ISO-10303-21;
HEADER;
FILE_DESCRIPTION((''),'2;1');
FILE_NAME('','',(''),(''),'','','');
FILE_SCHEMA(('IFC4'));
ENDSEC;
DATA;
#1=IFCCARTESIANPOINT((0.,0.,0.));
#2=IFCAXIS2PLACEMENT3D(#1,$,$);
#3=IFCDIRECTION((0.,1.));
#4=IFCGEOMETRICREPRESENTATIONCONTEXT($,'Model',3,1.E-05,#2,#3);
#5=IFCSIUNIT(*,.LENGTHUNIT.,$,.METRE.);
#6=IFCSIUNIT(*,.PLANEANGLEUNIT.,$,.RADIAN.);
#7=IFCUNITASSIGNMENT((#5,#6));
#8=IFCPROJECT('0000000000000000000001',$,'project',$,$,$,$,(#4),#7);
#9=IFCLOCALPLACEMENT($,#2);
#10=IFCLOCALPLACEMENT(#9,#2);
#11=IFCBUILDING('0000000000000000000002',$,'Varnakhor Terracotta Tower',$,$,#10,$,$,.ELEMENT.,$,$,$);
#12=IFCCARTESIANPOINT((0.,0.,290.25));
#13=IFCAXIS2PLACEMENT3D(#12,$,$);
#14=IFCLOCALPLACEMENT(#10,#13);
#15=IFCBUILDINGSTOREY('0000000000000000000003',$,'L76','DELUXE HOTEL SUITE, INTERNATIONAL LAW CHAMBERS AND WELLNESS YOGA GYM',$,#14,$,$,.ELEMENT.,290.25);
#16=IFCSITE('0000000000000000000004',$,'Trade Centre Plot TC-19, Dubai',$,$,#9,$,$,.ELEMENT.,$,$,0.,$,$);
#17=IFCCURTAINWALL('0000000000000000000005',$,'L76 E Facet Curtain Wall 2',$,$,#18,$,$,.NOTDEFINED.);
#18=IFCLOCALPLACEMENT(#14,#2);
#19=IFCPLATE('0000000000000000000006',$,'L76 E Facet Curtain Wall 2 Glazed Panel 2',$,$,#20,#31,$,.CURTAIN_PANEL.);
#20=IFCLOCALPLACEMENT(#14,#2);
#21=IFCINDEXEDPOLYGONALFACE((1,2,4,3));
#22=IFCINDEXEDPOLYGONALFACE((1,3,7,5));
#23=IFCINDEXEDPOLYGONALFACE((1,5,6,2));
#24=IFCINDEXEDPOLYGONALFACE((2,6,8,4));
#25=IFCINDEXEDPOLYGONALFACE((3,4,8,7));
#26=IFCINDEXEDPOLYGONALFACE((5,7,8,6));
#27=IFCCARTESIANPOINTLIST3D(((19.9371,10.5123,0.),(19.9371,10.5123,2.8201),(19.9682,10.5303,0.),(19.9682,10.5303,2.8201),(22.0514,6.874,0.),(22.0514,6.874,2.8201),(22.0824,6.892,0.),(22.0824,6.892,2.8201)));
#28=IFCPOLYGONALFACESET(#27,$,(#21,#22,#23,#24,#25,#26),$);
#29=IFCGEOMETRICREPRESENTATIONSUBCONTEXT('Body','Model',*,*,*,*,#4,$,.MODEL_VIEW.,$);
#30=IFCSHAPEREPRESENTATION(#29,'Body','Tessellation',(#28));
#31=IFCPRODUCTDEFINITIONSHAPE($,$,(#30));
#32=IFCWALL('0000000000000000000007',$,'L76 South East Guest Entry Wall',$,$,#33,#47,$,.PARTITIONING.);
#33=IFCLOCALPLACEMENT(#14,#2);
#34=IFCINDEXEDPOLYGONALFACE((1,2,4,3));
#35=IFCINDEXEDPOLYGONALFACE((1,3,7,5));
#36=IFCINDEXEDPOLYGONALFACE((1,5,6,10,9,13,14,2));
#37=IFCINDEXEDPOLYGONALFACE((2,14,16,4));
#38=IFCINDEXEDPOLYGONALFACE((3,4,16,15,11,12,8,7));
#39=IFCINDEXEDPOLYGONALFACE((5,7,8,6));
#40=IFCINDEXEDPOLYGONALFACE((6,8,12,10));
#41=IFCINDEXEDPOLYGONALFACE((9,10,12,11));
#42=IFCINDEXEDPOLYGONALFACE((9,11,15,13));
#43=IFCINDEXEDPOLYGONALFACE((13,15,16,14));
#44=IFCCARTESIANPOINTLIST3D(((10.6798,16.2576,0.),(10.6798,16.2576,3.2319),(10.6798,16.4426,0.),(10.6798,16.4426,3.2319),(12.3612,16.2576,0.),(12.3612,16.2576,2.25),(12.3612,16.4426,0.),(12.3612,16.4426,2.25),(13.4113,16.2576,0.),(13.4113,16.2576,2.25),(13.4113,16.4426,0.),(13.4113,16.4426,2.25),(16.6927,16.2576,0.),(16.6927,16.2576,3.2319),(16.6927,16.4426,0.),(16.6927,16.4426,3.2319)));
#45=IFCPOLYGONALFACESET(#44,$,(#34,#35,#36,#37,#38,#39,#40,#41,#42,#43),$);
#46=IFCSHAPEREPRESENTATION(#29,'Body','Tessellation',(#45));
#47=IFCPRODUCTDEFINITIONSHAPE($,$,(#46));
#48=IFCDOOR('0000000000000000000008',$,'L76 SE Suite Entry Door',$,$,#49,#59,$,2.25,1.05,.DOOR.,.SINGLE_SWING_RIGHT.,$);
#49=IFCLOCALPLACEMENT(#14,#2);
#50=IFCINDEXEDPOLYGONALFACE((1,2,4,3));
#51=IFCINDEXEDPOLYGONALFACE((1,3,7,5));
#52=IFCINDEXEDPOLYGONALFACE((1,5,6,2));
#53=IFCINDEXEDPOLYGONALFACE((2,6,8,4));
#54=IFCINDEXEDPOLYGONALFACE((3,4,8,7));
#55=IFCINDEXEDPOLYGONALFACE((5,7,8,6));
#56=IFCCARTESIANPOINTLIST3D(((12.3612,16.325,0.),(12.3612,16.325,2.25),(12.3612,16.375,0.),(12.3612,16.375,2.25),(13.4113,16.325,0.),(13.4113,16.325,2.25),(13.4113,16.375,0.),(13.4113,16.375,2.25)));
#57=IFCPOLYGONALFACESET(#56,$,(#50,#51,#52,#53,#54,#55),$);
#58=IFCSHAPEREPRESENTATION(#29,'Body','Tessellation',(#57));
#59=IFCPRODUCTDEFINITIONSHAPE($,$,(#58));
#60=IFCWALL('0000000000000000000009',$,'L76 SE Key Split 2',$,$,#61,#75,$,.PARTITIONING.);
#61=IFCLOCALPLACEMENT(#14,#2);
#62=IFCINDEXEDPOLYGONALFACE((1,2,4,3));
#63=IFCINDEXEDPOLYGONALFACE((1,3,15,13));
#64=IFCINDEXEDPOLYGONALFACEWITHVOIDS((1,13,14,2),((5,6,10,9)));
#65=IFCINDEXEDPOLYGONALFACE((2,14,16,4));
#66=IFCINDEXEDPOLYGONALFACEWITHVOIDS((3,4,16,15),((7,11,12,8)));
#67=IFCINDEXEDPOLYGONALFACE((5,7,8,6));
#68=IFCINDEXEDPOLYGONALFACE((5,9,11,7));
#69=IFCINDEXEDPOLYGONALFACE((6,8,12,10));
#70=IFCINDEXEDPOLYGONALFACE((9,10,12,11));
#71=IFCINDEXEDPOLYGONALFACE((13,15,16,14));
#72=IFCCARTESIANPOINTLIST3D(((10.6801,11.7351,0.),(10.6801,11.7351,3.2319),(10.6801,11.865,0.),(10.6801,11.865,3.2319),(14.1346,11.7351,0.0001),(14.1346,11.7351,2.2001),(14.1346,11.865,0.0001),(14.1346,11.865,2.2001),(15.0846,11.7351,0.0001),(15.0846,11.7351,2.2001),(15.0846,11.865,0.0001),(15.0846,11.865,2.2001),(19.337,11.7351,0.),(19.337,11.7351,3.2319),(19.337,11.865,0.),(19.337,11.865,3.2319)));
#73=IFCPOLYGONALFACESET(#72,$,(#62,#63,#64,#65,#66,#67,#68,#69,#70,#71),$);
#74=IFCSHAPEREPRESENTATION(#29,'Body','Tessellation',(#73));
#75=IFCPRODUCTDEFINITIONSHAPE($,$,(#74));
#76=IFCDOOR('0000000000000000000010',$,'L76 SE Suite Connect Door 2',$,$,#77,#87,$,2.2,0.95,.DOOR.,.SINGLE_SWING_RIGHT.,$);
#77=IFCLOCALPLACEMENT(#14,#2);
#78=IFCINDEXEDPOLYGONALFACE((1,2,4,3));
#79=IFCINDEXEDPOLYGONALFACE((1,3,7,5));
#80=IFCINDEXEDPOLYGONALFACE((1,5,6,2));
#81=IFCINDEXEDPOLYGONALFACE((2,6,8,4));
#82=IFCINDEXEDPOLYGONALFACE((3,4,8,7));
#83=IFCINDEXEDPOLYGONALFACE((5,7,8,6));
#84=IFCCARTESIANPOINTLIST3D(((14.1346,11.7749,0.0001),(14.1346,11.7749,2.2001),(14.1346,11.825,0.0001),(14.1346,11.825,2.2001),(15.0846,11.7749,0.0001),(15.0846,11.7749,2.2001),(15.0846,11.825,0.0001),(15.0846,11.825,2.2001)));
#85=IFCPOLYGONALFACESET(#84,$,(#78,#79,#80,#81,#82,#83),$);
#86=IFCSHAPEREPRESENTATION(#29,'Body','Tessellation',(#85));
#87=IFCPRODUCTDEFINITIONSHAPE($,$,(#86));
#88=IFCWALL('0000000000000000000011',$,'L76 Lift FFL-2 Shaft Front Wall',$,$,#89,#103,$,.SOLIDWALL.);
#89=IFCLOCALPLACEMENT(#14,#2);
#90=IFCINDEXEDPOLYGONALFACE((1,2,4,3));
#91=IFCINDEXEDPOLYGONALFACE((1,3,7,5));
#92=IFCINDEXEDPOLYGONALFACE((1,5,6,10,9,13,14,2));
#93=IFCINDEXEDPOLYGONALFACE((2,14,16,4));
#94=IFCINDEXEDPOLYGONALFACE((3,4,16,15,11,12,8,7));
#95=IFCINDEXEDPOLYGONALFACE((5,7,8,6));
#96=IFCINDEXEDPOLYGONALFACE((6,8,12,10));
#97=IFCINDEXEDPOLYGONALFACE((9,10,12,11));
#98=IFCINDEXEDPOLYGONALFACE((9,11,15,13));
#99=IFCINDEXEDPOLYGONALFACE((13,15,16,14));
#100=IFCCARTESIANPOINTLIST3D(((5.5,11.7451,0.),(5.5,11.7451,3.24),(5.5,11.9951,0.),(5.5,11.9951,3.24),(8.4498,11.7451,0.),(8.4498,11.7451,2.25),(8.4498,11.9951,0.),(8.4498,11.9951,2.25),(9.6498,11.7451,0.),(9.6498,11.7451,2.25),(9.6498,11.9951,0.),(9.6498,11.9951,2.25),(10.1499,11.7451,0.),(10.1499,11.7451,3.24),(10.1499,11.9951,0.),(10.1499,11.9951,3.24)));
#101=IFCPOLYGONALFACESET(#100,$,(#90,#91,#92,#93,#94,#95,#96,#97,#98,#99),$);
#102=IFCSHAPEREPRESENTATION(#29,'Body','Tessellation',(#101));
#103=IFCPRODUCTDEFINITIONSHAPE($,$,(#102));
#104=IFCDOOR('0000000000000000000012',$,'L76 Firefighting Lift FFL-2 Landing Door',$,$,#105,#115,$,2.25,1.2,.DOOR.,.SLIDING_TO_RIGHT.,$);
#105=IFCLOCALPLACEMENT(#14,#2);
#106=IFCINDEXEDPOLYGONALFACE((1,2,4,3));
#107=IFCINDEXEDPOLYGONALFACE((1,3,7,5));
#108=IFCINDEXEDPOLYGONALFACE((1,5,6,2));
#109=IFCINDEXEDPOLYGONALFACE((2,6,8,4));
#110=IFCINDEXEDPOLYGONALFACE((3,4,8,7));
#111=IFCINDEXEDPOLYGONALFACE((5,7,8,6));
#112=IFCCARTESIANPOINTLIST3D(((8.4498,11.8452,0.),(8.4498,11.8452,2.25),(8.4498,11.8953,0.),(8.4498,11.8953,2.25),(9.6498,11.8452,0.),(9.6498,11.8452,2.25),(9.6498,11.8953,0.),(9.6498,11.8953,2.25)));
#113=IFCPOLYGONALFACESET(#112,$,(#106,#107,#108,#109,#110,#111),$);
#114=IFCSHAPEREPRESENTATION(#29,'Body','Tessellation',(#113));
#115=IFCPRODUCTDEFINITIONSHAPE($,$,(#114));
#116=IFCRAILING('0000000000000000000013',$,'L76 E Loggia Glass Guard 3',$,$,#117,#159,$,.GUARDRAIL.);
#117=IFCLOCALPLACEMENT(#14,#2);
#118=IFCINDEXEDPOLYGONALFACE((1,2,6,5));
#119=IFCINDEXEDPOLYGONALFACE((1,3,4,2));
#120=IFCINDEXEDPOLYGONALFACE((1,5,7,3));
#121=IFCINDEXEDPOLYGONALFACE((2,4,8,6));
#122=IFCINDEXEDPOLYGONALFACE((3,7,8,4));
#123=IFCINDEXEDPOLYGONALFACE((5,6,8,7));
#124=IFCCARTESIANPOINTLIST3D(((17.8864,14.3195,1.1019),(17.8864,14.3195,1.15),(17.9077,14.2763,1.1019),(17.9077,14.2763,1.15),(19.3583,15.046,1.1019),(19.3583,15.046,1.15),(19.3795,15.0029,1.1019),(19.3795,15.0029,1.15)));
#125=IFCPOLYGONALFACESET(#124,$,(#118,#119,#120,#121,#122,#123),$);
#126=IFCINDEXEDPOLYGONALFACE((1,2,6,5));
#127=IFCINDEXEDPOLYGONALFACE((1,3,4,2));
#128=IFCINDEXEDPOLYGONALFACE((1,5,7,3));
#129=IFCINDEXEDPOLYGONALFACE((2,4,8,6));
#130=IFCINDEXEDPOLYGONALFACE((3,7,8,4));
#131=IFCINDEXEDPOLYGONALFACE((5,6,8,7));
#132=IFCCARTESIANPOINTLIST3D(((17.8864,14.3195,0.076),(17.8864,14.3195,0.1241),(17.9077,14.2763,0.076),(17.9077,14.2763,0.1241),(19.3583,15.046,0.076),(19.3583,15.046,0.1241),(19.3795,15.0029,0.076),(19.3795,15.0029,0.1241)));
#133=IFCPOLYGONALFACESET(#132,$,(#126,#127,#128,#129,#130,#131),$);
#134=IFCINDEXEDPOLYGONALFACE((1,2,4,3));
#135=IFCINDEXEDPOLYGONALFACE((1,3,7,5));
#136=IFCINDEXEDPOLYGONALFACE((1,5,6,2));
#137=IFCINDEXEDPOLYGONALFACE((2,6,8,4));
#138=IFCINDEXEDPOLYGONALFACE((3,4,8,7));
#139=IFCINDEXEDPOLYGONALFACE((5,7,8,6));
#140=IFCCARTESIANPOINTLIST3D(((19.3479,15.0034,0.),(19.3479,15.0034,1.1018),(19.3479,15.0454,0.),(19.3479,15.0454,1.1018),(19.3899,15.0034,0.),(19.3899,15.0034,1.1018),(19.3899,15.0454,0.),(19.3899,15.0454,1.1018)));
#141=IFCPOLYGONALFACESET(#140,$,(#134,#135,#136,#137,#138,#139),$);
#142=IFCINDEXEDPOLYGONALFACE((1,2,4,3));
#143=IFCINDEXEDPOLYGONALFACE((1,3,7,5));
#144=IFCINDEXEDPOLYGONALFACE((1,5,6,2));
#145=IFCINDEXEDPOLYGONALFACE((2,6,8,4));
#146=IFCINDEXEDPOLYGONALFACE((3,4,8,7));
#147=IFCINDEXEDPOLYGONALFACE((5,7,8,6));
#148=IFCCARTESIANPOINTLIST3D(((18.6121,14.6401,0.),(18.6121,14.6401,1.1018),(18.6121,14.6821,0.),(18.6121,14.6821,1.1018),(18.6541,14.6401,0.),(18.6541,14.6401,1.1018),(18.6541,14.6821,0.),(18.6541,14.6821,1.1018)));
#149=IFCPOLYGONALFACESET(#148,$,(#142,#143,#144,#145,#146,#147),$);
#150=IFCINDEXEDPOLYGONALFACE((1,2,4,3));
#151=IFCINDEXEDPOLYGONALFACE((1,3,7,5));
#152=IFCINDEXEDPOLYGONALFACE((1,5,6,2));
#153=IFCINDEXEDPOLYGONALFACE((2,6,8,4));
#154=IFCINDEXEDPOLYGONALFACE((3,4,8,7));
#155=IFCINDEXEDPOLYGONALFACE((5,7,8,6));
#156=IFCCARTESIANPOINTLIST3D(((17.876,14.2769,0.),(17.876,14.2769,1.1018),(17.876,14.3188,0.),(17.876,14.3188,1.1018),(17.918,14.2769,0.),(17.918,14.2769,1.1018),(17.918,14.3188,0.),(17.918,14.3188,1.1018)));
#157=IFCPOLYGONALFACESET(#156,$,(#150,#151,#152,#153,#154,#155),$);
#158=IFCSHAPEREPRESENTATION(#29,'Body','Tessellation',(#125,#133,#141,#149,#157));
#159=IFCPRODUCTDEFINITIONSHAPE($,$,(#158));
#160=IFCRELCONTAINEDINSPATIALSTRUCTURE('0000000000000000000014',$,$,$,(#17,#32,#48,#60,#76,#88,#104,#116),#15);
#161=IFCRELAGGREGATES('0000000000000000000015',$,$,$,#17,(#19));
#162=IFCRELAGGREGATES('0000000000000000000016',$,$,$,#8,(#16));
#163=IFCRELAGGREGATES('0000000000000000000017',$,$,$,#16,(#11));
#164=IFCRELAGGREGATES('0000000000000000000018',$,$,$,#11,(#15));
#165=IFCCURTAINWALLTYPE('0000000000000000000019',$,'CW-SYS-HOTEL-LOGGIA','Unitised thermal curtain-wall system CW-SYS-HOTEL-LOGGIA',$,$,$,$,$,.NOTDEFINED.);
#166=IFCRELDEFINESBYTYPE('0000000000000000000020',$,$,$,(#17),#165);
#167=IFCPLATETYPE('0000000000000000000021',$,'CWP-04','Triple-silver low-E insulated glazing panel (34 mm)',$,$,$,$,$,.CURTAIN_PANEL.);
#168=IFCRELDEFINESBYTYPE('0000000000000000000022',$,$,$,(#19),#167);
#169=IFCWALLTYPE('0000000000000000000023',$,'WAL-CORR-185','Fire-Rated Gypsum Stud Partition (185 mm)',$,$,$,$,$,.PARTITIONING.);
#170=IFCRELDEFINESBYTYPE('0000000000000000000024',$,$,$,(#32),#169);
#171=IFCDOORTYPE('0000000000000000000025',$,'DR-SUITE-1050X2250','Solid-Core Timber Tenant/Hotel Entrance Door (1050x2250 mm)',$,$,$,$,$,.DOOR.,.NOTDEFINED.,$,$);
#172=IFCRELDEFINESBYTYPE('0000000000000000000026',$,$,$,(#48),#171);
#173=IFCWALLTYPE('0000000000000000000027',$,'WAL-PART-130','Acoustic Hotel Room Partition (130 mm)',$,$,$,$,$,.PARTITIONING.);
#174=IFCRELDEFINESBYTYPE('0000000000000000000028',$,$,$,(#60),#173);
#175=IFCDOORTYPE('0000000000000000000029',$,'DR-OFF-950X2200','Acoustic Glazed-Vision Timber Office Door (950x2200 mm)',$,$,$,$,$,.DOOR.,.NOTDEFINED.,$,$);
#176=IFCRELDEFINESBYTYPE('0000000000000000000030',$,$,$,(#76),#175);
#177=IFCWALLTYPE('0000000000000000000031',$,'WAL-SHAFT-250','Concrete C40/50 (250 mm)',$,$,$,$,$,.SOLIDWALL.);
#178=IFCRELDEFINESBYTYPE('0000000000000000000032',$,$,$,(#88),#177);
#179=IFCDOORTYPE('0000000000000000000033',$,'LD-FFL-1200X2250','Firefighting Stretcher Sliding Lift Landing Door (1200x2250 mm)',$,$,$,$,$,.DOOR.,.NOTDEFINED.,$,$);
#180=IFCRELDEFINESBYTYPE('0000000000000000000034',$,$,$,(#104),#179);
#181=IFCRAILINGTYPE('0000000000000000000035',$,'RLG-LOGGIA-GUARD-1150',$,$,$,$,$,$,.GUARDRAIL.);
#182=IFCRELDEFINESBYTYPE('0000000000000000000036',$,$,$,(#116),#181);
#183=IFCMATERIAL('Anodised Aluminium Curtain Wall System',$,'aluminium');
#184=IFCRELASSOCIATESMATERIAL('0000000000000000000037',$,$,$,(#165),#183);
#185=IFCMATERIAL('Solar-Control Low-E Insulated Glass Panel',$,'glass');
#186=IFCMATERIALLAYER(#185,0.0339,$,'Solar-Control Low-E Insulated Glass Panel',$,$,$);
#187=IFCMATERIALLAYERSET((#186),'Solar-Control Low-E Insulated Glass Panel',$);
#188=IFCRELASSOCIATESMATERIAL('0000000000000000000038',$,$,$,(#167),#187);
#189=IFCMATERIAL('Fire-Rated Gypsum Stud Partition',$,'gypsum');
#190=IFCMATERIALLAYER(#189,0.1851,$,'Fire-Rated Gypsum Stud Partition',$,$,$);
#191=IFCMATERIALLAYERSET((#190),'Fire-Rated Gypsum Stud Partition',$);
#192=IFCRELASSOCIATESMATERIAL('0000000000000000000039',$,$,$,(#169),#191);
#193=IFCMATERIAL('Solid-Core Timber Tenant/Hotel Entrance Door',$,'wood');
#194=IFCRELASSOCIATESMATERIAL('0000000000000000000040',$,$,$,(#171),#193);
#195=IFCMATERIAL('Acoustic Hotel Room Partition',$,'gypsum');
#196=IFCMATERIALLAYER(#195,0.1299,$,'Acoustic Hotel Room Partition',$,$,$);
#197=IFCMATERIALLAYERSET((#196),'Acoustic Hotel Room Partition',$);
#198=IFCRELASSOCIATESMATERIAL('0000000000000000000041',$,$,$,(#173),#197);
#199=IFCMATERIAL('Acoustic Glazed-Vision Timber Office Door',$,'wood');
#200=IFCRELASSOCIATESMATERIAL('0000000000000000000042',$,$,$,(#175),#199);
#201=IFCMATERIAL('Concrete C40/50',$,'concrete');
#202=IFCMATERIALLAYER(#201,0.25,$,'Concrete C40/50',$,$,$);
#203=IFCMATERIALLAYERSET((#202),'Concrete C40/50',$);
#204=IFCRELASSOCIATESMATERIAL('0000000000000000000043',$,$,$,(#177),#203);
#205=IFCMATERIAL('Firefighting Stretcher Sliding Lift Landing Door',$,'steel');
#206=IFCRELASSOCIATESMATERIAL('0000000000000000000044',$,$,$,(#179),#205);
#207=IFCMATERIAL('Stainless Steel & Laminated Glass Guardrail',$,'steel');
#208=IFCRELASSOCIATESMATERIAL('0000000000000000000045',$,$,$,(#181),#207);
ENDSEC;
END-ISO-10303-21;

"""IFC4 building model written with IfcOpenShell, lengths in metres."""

from ifc_helpers import new_model, si_unit, direction, frame, frame_2d, origin, origin_2d, place, context, subcontext, project, spatial, rectangle, extrude, source, transform, mapped, material, layer, layer_set, type_object, type_shapes, element, fill, aggregate, save


model = new_model("IFC4")

# Units and contexts
model_context = context("Model", 3, precision=1e-05, world=origin(), true_north=direction((0.0, 1.0)))
body_context = subcontext(model_context, "Body", "Model", "MODEL_VIEW")
ifc_project = project(units=[si_unit("LENGTHUNIT", "METRE"), si_unit("PLANEANGLEUNIT", "RADIAN")], contexts=[model_context])

# Site, building, storey
site_placement = place(None, origin())
site = spatial("IfcSite", under=ifc_project, at=site_placement, Name="Trade Centre Plot TC-19, Dubai", CompositionType="ELEMENT", RefElevation=0.0)
building_placement = place(site_placement, origin())
building = spatial("IfcBuilding", under=site, at=building_placement, Name="Varnakhor Terracotta Tower", CompositionType="ELEMENT")
storey_placement = place(building_placement, frame((0.0, 0.0, 290.25)))
storey = spatial("IfcBuildingStorey", under=building, at=storey_placement, Name="L76", Description="DELUXE HOTEL SUITE, INTERNATIONAL LAW CHAMBERS AND WELLNESS YOGA GYM", CompositionType="ELEMENT", Elevation=290.25)

# Curtain wall
ifc_material_1 = material(Name="Anodised Aluminium Curtain Wall System", Category="aluminium")
curtain_wall_type = type_object("IfcCurtainWallType", Name="CW-SYS-HOTEL-LOGGIA", Description="Unitised thermal curtain-wall system CW-SYS-HOTEL-LOGGIA", PredefinedType="NOTDEFINED", material=ifc_material_1)
curtain_wall_placement = place(storey_placement, origin())
curtain_wall = element("IfcCurtainWall", 1, at=curtain_wall_placement, inside=storey, type_object=curtain_wall_type, Name="L76 E Facet Curtain Wall 2", PredefinedType="NOTDEFINED")

# Plate
ifc_material_2 = material(Name="Solar-Control Low-E Insulated Glass Panel", Category="glass")
ifc_layer_1 = layer(ifc_material_2, 0.0339, Name="Solar-Control Low-E Insulated Glass Panel")
ifc_layer_set_1 = layer_set([ifc_layer_1], Name="Solar-Control Low-E Insulated Glass Panel")
plate_type = type_object("IfcPlateType", Name="CWP-04", Description="Triple-silver low-E insulated glazing panel (34 mm)", PredefinedType="CURTAIN_PANEL", material=ifc_layer_set_1)
shared_shape_1 = source(origin(), body_context, "Body", "SweptSolid", [
    extrude(rectangle(XDim=4.208, YDim=0.0359, at=origin_2d()), origin(), (0.0, 0.0, 1.0), 2.8201),
])
plate_1_placement = place(storey_placement, frame((21.0098, 8.7021, 0.0), z_axis=(0.0, 0.0, 1.0), x_axis=(0.502432, -0.864617, 0.0)))
plate_1 = element("IfcPlate", 2, at=plate_1_placement, type_object=plate_type, Name="L76 E Facet Curtain Wall 2 Glazed Panel 2", PredefinedType="CURTAIN_PANEL", context=body_context, shape_type="MappedRepresentation", body=[
    mapped(shared_shape_1, transform((0.0, 0.0, 0.0), scale=1.0)),
])
aggregate(curtain_wall, [plate_1])

# Walls, openings, doors
ifc_material_3 = material(Name="Fire-Rated Gypsum Stud Partition", Category="gypsum")
ifc_layer_2 = layer(ifc_material_3, 0.1851, Name="Fire-Rated Gypsum Stud Partition")
ifc_layer_set_2 = layer_set([ifc_layer_2], Name="Fire-Rated Gypsum Stud Partition")
wall_type_1 = type_object("IfcWallType", Name="WAL-CORR-185", Description="Fire-Rated Gypsum Stud Partition (185 mm)", PredefinedType="PARTITIONING", material=ifc_layer_set_2)
wall_1_placement = place(storey_placement, frame((10.6799, 16.3501, 0.0), z_axis=(0.0, 0.0, 1.0), x_axis=(1.0, 0.0, 0.0)))
wall_1 = element("IfcWall", 3, at=wall_1_placement, inside=storey, type_object=wall_type_1, Name="L76 South East Guest Entry Wall", PredefinedType="PARTITIONING", context=body_context, shape_type="SweptSolid", body=[
    extrude(rectangle(XDim=6.0129, YDim=0.1851, at=frame_2d((3.0063, 0.0))), origin(), (0.0, 0.0, 1.0), 3.2319),
])
opening_1_placement = place(wall_1_placement, frame((1.6814, 0.0, 0.0)))
opening_1 = element("IfcOpeningElement", 4, at=opening_1_placement, cuts=wall_1, PredefinedType="OPENING", context=body_context, shape_type="SweptSolid", body=[
    extrude(rectangle(XDim=1.05, YDim=2.25, at=frame_2d((0.5249, 1.125))), frame((0.0, 0.1025, 0.0), z_axis=(0.0, -1.0, 0.0), x_axis=(1.0, 0.0, 0.0)), (0.0, 0.0, 1.0), 0.2051),
])
ifc_material_4 = material(Name="Solid-Core Timber Tenant/Hotel Entrance Door", Category="wood")
door_type_1 = type_object("IfcDoorType", Name="DR-SUITE-1050X2250", Description="Solid-Core Timber Tenant/Hotel Entrance Door (1050x2250 mm)", OperationType="NOTDEFINED", PredefinedType="DOOR", material=ifc_material_4)
shared_shape_2 = source(origin(), body_context, "Body", "SweptSolid", [
    extrude(rectangle(XDim=1.05, YDim=2.25, at=frame_2d((0.5249, 1.125))), frame((0.0, 0.0249, 0.0), z_axis=(0.0, -1.0, 0.0), x_axis=(1.0, 0.0, 0.0)), (0.0, 0.0, 1.0), 0.05),
])
type_shapes(door_type_1, [shared_shape_2])
door_1_placement = place(opening_1_placement, origin())
door_1 = element("IfcDoor", 5, at=door_1_placement, inside=storey, type_object=door_type_1, Name="L76 SE Suite Entry Door", OperationType="SINGLE_SWING_RIGHT", OverallHeight=2.25, OverallWidth=1.05, PredefinedType="DOOR", context=body_context, shape_type="MappedRepresentation", body=[
    mapped(shared_shape_2, transform((0.0, 0.0, 0.0), scale=1.0)),
])
fill(opening_1, door_1)
ifc_material_5 = material(Name="Acoustic Hotel Room Partition", Category="gypsum")
ifc_layer_3 = layer(ifc_material_5, 0.1299, Name="Acoustic Hotel Room Partition")
ifc_layer_set_3 = layer_set([ifc_layer_3], Name="Acoustic Hotel Room Partition")
wall_type_2 = type_object("IfcWallType", Name="WAL-PART-130", Description="Acoustic Hotel Room Partition (130 mm)", PredefinedType="PARTITIONING", material=ifc_layer_set_3)
wall_2_placement = place(storey_placement, frame((10.6799, 11.8, 0.0), z_axis=(0.0, 0.0, 1.0), x_axis=(1.0, 0.0, 0.0)))
wall_2 = element("IfcWall", 6, at=wall_2_placement, inside=storey, type_object=wall_type_2, Name="L76 SE Key Split 2", PredefinedType="PARTITIONING", context=body_context, shape_type="SweptSolid", body=[
    extrude(rectangle(XDim=8.657, YDim=0.1299, at=frame_2d((4.3286, 0.0))), origin(), (0.0, 0.0, 1.0), 3.2319),
])
opening_2_placement = place(wall_2_placement, frame((3.4546, 0.0, 0.0)))
opening_2 = element("IfcOpeningElement", 7, at=opening_2_placement, cuts=wall_2, PredefinedType="OPENING", context=body_context, shape_type="SweptSolid", body=[
    extrude(rectangle(XDim=0.95, YDim=2.2, at=frame_2d((0.4751, 1.1001))), frame((0.0, 0.075, 0.0), z_axis=(0.0, -1.0, 0.0), x_axis=(1.0, 0.0, 0.0)), (0.0, 0.0, 1.0), 0.1499),
])
ifc_material_6 = material(Name="Acoustic Glazed-Vision Timber Office Door", Category="wood")
door_type_2 = type_object("IfcDoorType", Name="DR-OFF-950X2200", Description="Acoustic Glazed-Vision Timber Office Door (950x2200 mm)", OperationType="NOTDEFINED", PredefinedType="DOOR", material=ifc_material_6)
shared_shape_3 = source(origin(), body_context, "Body", "SweptSolid", [
    extrude(rectangle(XDim=0.95, YDim=2.2, at=frame_2d((0.4751, 1.1001))), frame((0.0, 0.0249, 0.0), z_axis=(0.0, -1.0, 0.0), x_axis=(1.0, 0.0, 0.0)), (0.0, 0.0, 1.0), 0.05),
])
type_shapes(door_type_2, [shared_shape_3])
door_2_placement = place(opening_2_placement, origin())
door_2 = element("IfcDoor", 8, at=door_2_placement, inside=storey, type_object=door_type_2, Name="L76 SE Suite Connect Door 2", OperationType="SINGLE_SWING_RIGHT", OverallHeight=2.2, OverallWidth=0.95, PredefinedType="DOOR", context=body_context, shape_type="MappedRepresentation", body=[
    mapped(shared_shape_3, transform((0.0, 0.0, 0.0), scale=1.0)),
])
fill(opening_2, door_2)
ifc_material_7 = material(Name="Concrete C40/50", Category="concrete")
ifc_layer_4 = layer(ifc_material_7, 0.25, Name="Concrete C40/50")
ifc_layer_set_4 = layer_set([ifc_layer_4], Name="Concrete C40/50")
wall_type_3 = type_object("IfcWallType", Name="WAL-SHAFT-250", Description="Concrete C40/50 (250 mm)", PredefinedType="SOLIDWALL", material=ifc_layer_set_4)
wall_3_placement = place(storey_placement, frame((10.1499, 11.8701, 0.0), z_axis=(0.0, 0.0, 1.0), x_axis=(-1.0, 0.0, 0.0)))
wall_3 = element("IfcWall", 9, at=wall_3_placement, inside=storey, type_object=wall_type_3, Name="L76 Lift FFL-2 Shaft Front Wall", PredefinedType="SOLIDWALL", context=body_context, shape_type="SweptSolid", body=[
    extrude(rectangle(XDim=4.6499, YDim=0.25, at=frame_2d((2.325, 0.0))), origin(), (0.0, 0.0, 1.0), 3.24),
])
opening_3_placement = place(wall_3_placement, frame((0.5, 0.0, 0.0)))
opening_3 = element("IfcOpeningElement", 10, at=opening_3_placement, cuts=wall_3, PredefinedType="OPENING", context=body_context, shape_type="SweptSolid", body=[
    extrude(rectangle(XDim=1.2, YDim=2.25, at=frame_2d((0.6001, 1.125))), frame((0.0, 0.135, 0.0), z_axis=(0.0, -1.0, 0.0), x_axis=(1.0, 0.0, 0.0)), (0.0, 0.0, 1.0), 0.27),
])
ifc_material_8 = material(Name="Firefighting Stretcher Sliding Lift Landing Door", Category="steel")
door_type_3 = type_object("IfcDoorType", Name="LD-FFL-1200X2250", Description="Firefighting Stretcher Sliding Lift Landing Door (1200x2250 mm)", OperationType="NOTDEFINED", PredefinedType="DOOR", material=ifc_material_8)
shared_shape_4 = source(origin(), body_context, "Body", "SweptSolid", [
    extrude(rectangle(XDim=1.2, YDim=2.25, at=frame_2d((0.6001, 1.125))), frame((0.0, 0.0249, 0.0), z_axis=(0.0, -1.0, 0.0), x_axis=(1.0, 0.0, 0.0)), (0.0, 0.0, 1.0), 0.05),
])
type_shapes(door_type_3, [shared_shape_4])
door_3_placement = place(opening_3_placement, origin())
door_3 = element("IfcDoor", 11, at=door_3_placement, inside=storey, type_object=door_type_3, Name="L76 Firefighting Lift FFL-2 Landing Door", OperationType="SLIDING_TO_RIGHT", OverallHeight=2.25, OverallWidth=1.2, PredefinedType="DOOR", context=body_context, shape_type="MappedRepresentation", body=[
    mapped(shared_shape_4, transform((0.0, 0.0, 0.0), scale=1.0)),
])
fill(opening_3, door_3)

# Railing
ifc_material_9 = material(Name="Stainless Steel & Laminated Glass Guardrail", Category="steel")
railing_type = type_object("IfcRailingType", Name="RLG-LOGGIA-GUARD-1150", PredefinedType="GUARDRAIL", material=ifc_material_9)
railing_placement = place(storey_placement, frame((19.3689, 15.0244, 0.0)))
element("IfcRailing", 12, at=railing_placement, inside=storey, type_object=railing_type, Name="L76 E Loggia Glass Guard 3", PredefinedType="GUARDRAIL", context=body_context, shape_type="SweptSolid", body=[
    extrude(rectangle(XDim=0.0481, YDim=0.0481, at=origin_2d()), frame((0.0, 0.0, 1.126), z_axis=(-0.896706, -0.442627, 0.0), x_axis=(0.442627, -0.896706, 0.0)), (0.0, 0.0, 1.0), 1.6414),
    extrude(rectangle(XDim=0.0481, YDim=0.0481, at=origin_2d()), frame((0.0, 0.0, 0.1001), z_axis=(-0.896706, -0.442627, 0.0), x_axis=(0.442627, -0.896706, 0.0)), (0.0, 0.0, 1.0), 1.6414),
    extrude(rectangle(XDim=0.042, YDim=0.042, at=origin_2d()), origin(), (0.0, 0.0, 1.0), 1.1018),
    extrude(rectangle(XDim=0.042, YDim=0.042, at=origin_2d()), frame((-0.7358, -0.3633, 0.0)), (0.0, 0.0, 1.0), 1.1018),
    extrude(rectangle(XDim=0.042, YDim=0.042, at=origin_2d()), frame((-1.4719, -0.7266, 0.0)), (0.0, 0.0, 1.0), 1.1018),
])

save(model, "model.ifc")
